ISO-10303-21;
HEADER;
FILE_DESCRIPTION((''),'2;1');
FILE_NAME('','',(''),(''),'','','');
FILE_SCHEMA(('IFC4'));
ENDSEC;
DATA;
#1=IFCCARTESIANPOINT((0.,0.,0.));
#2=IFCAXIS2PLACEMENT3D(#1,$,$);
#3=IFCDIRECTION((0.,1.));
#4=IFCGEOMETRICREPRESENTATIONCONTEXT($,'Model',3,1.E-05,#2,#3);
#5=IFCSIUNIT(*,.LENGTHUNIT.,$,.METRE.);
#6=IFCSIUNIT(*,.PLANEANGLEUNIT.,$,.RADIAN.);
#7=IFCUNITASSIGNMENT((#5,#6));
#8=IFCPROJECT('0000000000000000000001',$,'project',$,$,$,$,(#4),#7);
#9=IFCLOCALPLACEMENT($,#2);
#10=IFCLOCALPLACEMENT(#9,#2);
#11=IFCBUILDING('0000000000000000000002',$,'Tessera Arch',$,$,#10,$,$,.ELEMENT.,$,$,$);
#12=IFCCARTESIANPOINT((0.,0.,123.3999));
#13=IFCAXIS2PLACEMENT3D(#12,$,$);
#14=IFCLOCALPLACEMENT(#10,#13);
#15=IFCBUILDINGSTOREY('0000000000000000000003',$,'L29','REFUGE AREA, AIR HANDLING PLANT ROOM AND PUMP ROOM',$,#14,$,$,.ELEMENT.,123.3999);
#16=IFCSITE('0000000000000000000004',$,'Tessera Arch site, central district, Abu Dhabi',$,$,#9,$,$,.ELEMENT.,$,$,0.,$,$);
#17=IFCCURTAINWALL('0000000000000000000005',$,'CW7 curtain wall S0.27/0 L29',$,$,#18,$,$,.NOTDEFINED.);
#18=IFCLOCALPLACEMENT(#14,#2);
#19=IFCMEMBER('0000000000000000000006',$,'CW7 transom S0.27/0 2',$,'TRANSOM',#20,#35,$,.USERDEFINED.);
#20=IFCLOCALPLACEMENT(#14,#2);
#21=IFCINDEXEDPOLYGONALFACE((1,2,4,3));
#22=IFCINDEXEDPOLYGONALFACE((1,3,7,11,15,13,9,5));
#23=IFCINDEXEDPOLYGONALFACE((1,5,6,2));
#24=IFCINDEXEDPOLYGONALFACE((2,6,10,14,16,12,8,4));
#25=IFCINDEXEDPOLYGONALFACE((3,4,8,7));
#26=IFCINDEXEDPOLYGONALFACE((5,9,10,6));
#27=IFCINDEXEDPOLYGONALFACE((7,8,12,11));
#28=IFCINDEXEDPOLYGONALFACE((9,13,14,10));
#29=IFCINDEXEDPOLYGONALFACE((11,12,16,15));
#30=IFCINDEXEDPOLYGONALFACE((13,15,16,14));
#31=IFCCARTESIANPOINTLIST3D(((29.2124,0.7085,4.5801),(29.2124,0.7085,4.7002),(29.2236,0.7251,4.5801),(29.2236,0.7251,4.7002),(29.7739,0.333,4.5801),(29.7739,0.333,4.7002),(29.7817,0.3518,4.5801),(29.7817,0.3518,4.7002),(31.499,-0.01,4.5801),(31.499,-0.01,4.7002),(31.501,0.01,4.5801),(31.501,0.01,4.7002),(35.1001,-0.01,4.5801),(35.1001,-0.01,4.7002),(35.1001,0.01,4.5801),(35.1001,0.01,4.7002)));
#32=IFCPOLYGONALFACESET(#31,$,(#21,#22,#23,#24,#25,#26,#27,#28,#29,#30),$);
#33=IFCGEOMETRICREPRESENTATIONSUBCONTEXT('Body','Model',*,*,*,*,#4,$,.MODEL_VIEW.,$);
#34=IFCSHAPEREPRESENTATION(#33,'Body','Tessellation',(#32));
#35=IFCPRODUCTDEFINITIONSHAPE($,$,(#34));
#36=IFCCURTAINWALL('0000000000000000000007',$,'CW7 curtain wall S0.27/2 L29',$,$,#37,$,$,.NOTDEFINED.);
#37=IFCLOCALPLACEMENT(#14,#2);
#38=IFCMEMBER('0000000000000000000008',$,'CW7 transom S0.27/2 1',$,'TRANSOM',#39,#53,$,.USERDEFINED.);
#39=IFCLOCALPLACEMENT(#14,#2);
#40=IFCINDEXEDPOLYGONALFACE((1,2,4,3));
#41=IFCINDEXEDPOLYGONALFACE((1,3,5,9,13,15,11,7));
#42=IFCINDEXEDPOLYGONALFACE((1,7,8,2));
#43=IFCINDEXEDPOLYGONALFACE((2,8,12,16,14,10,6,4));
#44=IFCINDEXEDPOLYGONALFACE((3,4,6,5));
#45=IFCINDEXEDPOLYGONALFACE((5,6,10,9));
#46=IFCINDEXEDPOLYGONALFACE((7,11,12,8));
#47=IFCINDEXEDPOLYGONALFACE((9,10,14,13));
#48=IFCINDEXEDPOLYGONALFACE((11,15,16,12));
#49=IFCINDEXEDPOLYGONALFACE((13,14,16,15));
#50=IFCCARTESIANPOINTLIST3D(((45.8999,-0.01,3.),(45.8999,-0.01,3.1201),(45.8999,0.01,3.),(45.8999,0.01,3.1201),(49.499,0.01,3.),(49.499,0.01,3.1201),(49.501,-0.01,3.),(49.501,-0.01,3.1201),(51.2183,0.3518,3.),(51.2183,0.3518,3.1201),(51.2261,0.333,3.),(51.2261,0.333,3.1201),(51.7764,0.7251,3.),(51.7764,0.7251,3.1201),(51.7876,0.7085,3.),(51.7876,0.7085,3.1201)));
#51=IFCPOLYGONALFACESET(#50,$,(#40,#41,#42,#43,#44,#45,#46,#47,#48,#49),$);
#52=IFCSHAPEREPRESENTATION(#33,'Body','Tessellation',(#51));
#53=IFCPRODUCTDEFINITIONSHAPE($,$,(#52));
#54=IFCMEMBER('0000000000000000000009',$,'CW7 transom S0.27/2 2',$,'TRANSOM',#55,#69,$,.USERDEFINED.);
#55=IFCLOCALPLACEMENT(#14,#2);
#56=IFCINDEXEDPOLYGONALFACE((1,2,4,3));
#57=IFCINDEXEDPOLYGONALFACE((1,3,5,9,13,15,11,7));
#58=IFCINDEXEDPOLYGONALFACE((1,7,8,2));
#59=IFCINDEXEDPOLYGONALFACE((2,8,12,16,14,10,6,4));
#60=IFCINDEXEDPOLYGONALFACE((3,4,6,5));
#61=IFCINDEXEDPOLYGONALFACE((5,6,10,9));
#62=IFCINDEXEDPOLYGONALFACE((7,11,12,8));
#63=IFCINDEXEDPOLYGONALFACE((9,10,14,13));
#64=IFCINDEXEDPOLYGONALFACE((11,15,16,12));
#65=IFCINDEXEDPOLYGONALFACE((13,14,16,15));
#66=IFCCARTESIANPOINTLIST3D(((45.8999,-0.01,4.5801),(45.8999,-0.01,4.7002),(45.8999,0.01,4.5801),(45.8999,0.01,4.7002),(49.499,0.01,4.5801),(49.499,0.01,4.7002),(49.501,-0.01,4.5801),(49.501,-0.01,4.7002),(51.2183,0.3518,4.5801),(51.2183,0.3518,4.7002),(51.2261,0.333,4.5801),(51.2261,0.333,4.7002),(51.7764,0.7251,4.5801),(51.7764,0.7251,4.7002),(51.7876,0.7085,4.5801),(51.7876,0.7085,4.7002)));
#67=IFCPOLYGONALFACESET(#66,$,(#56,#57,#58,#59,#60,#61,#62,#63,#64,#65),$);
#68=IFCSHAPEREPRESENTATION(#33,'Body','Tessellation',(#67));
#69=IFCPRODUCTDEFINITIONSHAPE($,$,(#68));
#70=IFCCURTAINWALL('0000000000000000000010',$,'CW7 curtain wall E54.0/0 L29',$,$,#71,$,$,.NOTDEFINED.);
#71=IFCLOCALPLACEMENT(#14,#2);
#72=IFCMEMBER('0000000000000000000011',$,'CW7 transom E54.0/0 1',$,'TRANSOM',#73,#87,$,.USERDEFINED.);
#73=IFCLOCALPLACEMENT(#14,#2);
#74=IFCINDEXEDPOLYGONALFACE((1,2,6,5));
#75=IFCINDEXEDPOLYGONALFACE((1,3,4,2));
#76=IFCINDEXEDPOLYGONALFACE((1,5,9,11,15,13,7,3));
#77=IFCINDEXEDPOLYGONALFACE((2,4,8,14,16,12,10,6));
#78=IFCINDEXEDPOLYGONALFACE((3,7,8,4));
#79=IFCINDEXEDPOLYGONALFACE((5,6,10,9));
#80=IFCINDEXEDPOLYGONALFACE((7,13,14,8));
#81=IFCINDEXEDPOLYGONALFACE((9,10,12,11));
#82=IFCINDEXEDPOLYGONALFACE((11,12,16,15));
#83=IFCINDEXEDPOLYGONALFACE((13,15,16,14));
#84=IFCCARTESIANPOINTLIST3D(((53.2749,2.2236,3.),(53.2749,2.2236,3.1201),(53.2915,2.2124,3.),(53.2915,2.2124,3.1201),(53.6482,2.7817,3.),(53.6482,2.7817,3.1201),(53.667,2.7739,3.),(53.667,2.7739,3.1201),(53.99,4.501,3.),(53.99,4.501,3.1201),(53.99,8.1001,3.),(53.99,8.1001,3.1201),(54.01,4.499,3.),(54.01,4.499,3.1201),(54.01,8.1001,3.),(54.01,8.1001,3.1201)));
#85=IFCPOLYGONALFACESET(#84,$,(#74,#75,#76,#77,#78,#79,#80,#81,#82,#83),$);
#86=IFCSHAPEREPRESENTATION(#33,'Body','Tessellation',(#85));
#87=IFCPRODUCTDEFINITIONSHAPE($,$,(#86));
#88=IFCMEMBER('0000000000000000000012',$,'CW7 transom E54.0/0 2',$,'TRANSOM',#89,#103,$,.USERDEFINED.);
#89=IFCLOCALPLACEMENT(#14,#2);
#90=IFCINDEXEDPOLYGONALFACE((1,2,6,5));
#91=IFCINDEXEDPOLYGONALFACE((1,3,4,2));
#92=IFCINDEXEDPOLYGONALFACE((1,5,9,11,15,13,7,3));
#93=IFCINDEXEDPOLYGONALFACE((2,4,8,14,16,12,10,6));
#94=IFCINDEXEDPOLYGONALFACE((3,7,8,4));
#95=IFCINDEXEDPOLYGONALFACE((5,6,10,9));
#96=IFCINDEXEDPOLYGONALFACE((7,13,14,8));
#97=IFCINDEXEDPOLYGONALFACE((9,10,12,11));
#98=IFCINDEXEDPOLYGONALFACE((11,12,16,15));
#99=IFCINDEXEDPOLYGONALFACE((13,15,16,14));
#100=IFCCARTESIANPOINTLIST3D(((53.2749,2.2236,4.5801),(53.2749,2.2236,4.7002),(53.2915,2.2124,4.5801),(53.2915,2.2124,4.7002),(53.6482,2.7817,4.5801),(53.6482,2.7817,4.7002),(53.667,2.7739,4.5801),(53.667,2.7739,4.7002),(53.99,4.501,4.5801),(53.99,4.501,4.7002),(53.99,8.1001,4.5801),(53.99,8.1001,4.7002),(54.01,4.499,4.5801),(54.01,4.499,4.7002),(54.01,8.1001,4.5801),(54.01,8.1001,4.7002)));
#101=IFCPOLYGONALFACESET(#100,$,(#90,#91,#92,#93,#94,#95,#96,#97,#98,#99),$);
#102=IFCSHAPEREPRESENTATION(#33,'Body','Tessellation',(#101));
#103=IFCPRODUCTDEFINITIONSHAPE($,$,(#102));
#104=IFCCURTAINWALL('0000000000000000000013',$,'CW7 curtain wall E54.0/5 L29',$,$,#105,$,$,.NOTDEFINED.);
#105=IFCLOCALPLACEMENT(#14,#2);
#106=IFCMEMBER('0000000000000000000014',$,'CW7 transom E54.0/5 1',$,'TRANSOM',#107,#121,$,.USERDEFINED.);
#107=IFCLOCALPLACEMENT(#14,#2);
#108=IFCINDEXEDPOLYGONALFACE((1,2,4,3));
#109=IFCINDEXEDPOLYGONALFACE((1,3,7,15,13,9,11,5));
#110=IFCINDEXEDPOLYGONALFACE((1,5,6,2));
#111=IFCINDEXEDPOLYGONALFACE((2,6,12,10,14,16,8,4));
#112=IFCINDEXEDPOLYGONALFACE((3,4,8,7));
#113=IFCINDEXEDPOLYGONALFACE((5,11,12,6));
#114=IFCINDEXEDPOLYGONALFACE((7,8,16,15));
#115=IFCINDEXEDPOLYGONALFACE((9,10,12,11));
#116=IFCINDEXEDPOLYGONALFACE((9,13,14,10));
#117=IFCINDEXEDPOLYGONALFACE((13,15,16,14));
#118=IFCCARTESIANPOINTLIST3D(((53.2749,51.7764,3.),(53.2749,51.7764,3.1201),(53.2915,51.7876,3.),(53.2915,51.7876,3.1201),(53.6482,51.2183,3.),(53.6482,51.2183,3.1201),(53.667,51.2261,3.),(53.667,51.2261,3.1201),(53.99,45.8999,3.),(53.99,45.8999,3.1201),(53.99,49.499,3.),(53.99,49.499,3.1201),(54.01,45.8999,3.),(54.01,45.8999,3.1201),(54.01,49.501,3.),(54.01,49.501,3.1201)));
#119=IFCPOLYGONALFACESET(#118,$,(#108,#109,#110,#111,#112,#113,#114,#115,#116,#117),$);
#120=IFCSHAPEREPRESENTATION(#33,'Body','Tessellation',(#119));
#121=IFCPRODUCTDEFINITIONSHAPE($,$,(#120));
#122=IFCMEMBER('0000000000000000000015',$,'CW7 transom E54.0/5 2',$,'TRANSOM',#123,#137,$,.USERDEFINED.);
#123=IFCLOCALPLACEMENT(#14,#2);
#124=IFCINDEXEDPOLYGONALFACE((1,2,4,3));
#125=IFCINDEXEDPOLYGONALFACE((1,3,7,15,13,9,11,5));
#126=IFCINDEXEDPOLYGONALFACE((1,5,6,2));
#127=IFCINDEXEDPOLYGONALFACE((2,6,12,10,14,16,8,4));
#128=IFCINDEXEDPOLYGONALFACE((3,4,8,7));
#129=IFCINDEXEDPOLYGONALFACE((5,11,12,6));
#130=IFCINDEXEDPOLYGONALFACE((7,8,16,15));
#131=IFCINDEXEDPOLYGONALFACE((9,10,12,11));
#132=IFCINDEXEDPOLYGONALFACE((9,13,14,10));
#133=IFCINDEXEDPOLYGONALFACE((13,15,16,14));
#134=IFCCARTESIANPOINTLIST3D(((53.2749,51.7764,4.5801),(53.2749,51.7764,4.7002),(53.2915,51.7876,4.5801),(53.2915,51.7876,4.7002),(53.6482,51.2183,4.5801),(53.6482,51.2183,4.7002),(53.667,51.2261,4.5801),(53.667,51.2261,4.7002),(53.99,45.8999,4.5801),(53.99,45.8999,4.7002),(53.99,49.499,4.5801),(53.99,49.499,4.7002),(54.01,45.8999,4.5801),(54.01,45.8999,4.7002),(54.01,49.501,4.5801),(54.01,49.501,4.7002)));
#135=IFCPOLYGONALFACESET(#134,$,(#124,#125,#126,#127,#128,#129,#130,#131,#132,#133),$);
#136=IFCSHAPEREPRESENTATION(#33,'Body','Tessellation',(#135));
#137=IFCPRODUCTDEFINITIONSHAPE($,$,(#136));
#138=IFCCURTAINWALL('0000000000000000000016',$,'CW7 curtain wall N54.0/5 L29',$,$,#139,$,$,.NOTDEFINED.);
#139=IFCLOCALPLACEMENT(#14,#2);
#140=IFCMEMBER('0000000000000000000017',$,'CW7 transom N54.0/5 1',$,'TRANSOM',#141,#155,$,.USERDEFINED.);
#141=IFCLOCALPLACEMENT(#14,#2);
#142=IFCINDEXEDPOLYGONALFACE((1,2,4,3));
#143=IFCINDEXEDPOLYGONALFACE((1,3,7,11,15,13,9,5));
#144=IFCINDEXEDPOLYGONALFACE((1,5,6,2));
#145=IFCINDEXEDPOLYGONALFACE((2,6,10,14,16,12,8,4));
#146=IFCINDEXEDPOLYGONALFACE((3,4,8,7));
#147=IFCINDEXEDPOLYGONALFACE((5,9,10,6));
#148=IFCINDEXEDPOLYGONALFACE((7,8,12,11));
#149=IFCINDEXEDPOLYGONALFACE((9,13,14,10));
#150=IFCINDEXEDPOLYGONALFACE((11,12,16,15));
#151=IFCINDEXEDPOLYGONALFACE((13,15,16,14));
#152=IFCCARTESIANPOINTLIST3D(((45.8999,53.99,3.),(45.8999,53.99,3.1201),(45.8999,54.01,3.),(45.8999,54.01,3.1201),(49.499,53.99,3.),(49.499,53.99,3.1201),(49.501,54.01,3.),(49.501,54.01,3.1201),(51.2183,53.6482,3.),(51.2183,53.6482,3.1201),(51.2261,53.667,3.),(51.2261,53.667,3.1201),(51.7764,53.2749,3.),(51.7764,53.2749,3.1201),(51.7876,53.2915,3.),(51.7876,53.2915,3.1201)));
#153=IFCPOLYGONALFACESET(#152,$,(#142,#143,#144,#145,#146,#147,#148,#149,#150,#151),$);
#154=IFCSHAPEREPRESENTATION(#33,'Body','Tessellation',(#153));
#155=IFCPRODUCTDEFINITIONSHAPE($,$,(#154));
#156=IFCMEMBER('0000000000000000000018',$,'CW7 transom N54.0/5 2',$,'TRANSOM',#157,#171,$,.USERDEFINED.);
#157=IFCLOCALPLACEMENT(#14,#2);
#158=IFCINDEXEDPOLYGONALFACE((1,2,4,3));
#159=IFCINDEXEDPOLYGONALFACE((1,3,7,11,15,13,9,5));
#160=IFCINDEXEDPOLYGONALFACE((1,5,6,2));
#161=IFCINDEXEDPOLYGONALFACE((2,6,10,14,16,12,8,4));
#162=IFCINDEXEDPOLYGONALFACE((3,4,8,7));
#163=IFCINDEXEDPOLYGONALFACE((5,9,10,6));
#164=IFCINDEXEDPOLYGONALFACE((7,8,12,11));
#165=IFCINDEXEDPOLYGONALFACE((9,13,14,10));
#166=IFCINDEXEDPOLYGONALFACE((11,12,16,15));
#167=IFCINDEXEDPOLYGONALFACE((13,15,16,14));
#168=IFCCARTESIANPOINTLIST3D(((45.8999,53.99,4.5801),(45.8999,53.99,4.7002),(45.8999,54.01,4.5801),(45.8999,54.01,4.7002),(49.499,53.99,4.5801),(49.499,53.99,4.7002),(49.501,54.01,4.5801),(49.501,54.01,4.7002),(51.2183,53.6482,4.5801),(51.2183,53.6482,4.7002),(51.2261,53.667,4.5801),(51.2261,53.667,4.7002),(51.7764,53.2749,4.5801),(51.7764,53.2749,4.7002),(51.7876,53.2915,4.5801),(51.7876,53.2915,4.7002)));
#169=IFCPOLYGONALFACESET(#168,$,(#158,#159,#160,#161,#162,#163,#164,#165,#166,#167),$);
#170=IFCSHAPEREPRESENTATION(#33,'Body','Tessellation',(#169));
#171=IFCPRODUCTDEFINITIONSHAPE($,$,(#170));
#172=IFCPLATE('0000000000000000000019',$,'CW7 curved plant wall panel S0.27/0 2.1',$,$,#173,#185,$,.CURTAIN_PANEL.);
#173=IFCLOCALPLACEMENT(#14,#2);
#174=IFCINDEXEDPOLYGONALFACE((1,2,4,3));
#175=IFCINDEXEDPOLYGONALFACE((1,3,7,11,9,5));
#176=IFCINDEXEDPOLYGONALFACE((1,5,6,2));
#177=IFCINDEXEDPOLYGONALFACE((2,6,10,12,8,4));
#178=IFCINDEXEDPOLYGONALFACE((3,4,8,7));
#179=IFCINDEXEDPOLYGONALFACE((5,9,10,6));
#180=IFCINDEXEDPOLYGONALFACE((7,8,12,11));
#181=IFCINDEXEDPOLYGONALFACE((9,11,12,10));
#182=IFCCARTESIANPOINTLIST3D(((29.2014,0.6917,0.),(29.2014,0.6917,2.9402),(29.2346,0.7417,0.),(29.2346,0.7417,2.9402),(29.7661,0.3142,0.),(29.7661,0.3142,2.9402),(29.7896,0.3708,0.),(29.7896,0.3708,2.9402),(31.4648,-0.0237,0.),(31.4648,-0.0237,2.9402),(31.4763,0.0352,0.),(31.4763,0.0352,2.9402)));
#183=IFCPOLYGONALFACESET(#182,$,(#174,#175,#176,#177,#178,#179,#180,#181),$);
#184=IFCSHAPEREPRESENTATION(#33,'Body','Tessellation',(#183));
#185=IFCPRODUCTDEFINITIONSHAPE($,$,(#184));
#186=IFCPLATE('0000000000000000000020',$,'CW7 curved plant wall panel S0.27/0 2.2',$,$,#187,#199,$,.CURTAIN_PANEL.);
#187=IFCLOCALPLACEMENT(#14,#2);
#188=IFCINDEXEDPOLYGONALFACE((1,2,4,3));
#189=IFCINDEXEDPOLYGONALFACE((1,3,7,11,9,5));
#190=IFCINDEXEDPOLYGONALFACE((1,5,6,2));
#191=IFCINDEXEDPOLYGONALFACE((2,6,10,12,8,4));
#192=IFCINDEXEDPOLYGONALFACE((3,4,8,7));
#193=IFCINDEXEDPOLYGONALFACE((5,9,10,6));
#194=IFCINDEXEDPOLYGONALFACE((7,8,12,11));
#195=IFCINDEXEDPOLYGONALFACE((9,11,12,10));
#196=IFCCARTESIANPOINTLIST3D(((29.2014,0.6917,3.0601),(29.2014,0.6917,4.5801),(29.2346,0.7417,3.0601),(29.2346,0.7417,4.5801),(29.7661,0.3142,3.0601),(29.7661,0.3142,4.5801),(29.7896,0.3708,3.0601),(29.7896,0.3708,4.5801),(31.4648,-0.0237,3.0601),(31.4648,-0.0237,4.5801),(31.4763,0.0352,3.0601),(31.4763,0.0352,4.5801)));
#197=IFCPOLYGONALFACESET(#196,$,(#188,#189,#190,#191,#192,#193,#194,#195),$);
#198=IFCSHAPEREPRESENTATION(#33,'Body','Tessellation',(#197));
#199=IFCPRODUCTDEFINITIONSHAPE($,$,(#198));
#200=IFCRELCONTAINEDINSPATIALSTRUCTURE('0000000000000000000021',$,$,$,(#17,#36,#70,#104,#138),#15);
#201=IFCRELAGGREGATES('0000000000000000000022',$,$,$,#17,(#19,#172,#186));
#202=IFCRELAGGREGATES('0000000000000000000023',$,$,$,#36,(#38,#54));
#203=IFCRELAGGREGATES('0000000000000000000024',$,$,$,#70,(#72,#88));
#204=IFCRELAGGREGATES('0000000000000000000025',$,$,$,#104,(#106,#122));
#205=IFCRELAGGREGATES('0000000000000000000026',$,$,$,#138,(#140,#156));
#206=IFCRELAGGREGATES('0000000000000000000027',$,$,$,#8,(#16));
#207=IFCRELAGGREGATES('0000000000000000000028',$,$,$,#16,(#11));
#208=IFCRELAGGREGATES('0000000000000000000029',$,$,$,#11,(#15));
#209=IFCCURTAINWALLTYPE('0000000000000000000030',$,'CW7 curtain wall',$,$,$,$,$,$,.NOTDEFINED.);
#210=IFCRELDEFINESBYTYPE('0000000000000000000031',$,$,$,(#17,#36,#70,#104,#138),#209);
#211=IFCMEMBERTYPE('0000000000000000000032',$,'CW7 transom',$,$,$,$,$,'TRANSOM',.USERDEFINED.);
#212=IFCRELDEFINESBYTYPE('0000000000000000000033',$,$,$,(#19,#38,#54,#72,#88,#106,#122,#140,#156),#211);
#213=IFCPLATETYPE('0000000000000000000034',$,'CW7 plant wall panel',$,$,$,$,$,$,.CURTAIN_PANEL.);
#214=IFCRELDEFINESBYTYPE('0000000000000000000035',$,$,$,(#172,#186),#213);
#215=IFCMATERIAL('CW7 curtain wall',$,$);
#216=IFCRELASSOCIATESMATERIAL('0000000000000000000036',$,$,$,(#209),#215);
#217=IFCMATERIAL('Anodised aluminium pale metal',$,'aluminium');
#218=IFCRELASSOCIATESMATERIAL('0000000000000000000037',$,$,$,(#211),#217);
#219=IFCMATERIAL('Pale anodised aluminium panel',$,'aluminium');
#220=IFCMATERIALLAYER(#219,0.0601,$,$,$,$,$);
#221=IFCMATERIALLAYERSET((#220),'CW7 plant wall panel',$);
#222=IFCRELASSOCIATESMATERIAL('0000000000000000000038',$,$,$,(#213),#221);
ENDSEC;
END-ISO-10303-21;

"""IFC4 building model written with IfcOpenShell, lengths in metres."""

from ifc_helpers import new_model, si_unit, direction, frame, origin, origin_2d, place, context, subcontext, project, spatial, polyline, rectangle, outline, extrude, material, layer, layer_set, material_profile, profile_set, type_object, element, aggregate, save


model = new_model("IFC4")

# Units and contexts
model_context = context("Model", 3, precision=1e-05, world=origin(), true_north=direction((0.0, 1.0)))
body_context = subcontext(model_context, "Body", "Model", "MODEL_VIEW")
ifc_project = project(units=[si_unit("LENGTHUNIT", "METRE"), si_unit("PLANEANGLEUNIT", "RADIAN")], contexts=[model_context])

# Site, building, storey
site_placement = place(None, origin())
site = spatial("IfcSite", under=ifc_project, at=site_placement, Name="Tessera Arch site, central district, Abu Dhabi", CompositionType="ELEMENT", RefElevation=0.0)
building_placement = place(site_placement, origin())
building = spatial("IfcBuilding", under=site, at=building_placement, Name="Tessera Arch", CompositionType="ELEMENT")
storey_placement = place(building_placement, frame((0.0, 0.0, 123.3999)))
storey = spatial("IfcBuildingStorey", under=building, at=storey_placement, Name="L29", Description="REFUGE AREA, AIR HANDLING PLANT ROOM AND PUMP ROOM", CompositionType="ELEMENT", Elevation=123.3999)

# Curtain wall, member
ifc_material_1 = material(Name="CW7 curtain wall")
curtain_wall_type = type_object("IfcCurtainWallType", Name="CW7 curtain wall", PredefinedType="NOTDEFINED", material=ifc_material_1)
curtain_wall_1_placement = place(storey_placement, origin())
curtain_wall_1 = element("IfcCurtainWall", 1, at=curtain_wall_1_placement, inside=storey, type_object=curtain_wall_type, Name="CW7 curtain wall S0.27/0 L29", PredefinedType="NOTDEFINED")
ifc_material_2 = material(Name="Anodised aluminium pale metal", Category="aluminium")
ifc_material_profile = material_profile(ifc_material_2, rectangle(XDim=0.1599, YDim=0.1201, at=origin_2d()), Name="AL 160x120")
ifc_profile_set = profile_set([ifc_material_profile], Name="Anodised aluminium pale metal")
member_type = type_object("IfcMemberType", Name="CW7 transom", ElementType="TRANSOM", PredefinedType="USERDEFINED", material=ifc_profile_set)
member_1_placement = place(storey_placement, frame((0.0, 0.0, 4.5801)))
member_1 = element("IfcMember", 2, at=member_1_placement, type_object=member_type, Name="CW7 transom S0.27/0 2", ObjectType="TRANSOM", PredefinedType="USERDEFINED", context=body_context, shape_type="SweptSolid", body=[
    extrude(outline(polyline([(29.7817, 0.3518), (29.2236, 0.7251), (29.2124, 0.7085), (29.7739, 0.333), (31.499, -0.01), (35.1001, -0.01), (35.1001, 0.01), (31.501, 0.01), (29.7817, 0.3518)])), origin(), (0.0, 0.0, 1.0), 0.1201),
])

# Curtain walls, members
curtain_wall_2_placement = place(storey_placement, origin())
curtain_wall_2 = element("IfcCurtainWall", 3, at=curtain_wall_2_placement, inside=storey, type_object=curtain_wall_type, Name="CW7 curtain wall S0.27/2 L29", PredefinedType="NOTDEFINED")
member_2_placement = place(storey_placement, frame((0.0, 0.0, 3.0)))
member_2 = element("IfcMember", 4, at=member_2_placement, type_object=member_type, Name="CW7 transom S0.27/2 1", ObjectType="TRANSOM", PredefinedType="USERDEFINED", context=body_context, shape_type="SweptSolid", body=[
    extrude(outline(polyline([(49.499, 0.01), (45.8999, 0.01), (45.8999, -0.01), (49.501, -0.01), (51.2261, 0.333), (51.7876, 0.7085), (51.7764, 0.7251), (51.2183, 0.3518), (49.499, 0.01)])), origin(), (0.0, 0.0, 1.0), 0.1201),
])
member_3_placement = place(storey_placement, frame((0.0, 0.0, 4.5801)))
member_3 = element("IfcMember", 5, at=member_3_placement, type_object=member_type, Name="CW7 transom S0.27/2 2", ObjectType="TRANSOM", PredefinedType="USERDEFINED", context=body_context, shape_type="SweptSolid", body=[
    extrude(outline(polyline([(49.499, 0.01), (45.8999, 0.01), (45.8999, -0.01), (49.501, -0.01), (51.2261, 0.333), (51.7876, 0.7085), (51.7764, 0.7251), (51.2183, 0.3518), (49.499, 0.01)])), origin(), (0.0, 0.0, 1.0), 0.1201),
])
curtain_wall_3_placement = place(storey_placement, origin())
curtain_wall_3 = element("IfcCurtainWall", 6, at=curtain_wall_3_placement, inside=storey, type_object=curtain_wall_type, Name="CW7 curtain wall E54.0/0 L29", PredefinedType="NOTDEFINED")
member_4_placement = place(storey_placement, frame((0.0, 0.0, 3.0)))
member_4 = element("IfcMember", 7, at=member_4_placement, type_object=member_type, Name="CW7 transom E54.0/0 1", ObjectType="TRANSOM", PredefinedType="USERDEFINED", context=body_context, shape_type="SweptSolid", body=[
    extrude(outline(polyline([(53.6482, 2.7817), (53.2749, 2.2236), (53.2915, 2.2124), (53.667, 2.7739), (54.01, 4.499), (54.01, 8.1001), (53.99, 8.1001), (53.99, 4.501), (53.6482, 2.7817)])), origin(), (0.0, 0.0, 1.0), 0.1201),
])
member_5_placement = place(storey_placement, frame((0.0, 0.0, 4.5801)))
member_5 = element("IfcMember", 8, at=member_5_placement, type_object=member_type, Name="CW7 transom E54.0/0 2", ObjectType="TRANSOM", PredefinedType="USERDEFINED", context=body_context, shape_type="SweptSolid", body=[
    extrude(outline(polyline([(53.6482, 2.7817), (53.2749, 2.2236), (53.2915, 2.2124), (53.667, 2.7739), (54.01, 4.499), (54.01, 8.1001), (53.99, 8.1001), (53.99, 4.501), (53.6482, 2.7817)])), origin(), (0.0, 0.0, 1.0), 0.1201),
])
curtain_wall_4_placement = place(storey_placement, origin())
curtain_wall_4 = element("IfcCurtainWall", 9, at=curtain_wall_4_placement, inside=storey, type_object=curtain_wall_type, Name="CW7 curtain wall E54.0/5 L29", PredefinedType="NOTDEFINED")
member_6_placement = place(storey_placement, frame((0.0, 0.0, 3.0)))
member_6 = element("IfcMember", 10, at=member_6_placement, type_object=member_type, Name="CW7 transom E54.0/5 1", ObjectType="TRANSOM", PredefinedType="USERDEFINED", context=body_context, shape_type="SweptSolid", body=[
    extrude(outline(polyline([(53.99, 49.499), (53.99, 45.8999), (54.01, 45.8999), (54.01, 49.501), (53.667, 51.2261), (53.2915, 51.7876), (53.2749, 51.7764), (53.6482, 51.2183), (53.99, 49.499)])), origin(), (0.0, 0.0, 1.0), 0.1201),
])
member_7_placement = place(storey_placement, frame((0.0, 0.0, 4.5801)))
member_7 = element("IfcMember", 11, at=member_7_placement, type_object=member_type, Name="CW7 transom E54.0/5 2", ObjectType="TRANSOM", PredefinedType="USERDEFINED", context=body_context, shape_type="SweptSolid", body=[
    extrude(outline(polyline([(53.99, 49.499), (53.99, 45.8999), (54.01, 45.8999), (54.01, 49.501), (53.667, 51.2261), (53.2915, 51.7876), (53.2749, 51.7764), (53.6482, 51.2183), (53.99, 49.499)])), origin(), (0.0, 0.0, 1.0), 0.1201),
])
curtain_wall_5_placement = place(storey_placement, origin())
curtain_wall_5 = element("IfcCurtainWall", 12, at=curtain_wall_5_placement, inside=storey, type_object=curtain_wall_type, Name="CW7 curtain wall N54.0/5 L29", PredefinedType="NOTDEFINED")
member_8_placement = place(storey_placement, frame((0.0, 0.0, 3.0)))
member_8 = element("IfcMember", 13, at=member_8_placement, type_object=member_type, Name="CW7 transom N54.0/5 1", ObjectType="TRANSOM", PredefinedType="USERDEFINED", context=body_context, shape_type="SweptSolid", body=[
    extrude(outline(polyline([(51.2183, 53.6482), (51.7764, 53.2749), (51.7876, 53.2915), (51.2261, 53.667), (49.501, 54.01), (45.8999, 54.01), (45.8999, 53.99), (49.499, 53.99), (51.2183, 53.6482)])), origin(), (0.0, 0.0, 1.0), 0.1201),
])
member_9_placement = place(storey_placement, frame((0.0, 0.0, 4.5801)))
member_9 = element("IfcMember", 14, at=member_9_placement, type_object=member_type, Name="CW7 transom N54.0/5 2", ObjectType="TRANSOM", PredefinedType="USERDEFINED", context=body_context, shape_type="SweptSolid", body=[
    extrude(outline(polyline([(51.2183, 53.6482), (51.7764, 53.2749), (51.7876, 53.2915), (51.2261, 53.667), (49.501, 54.01), (45.8999, 54.01), (45.8999, 53.99), (49.499, 53.99), (51.2183, 53.6482)])), origin(), (0.0, 0.0, 1.0), 0.1201),
])

# Plates
ifc_material_3 = material(Name="Pale anodised aluminium panel", Category="aluminium")
ifc_layer_1 = layer(ifc_material_3, 0.0601)
ifc_layer_set_1 = layer_set([ifc_layer_1], Name="CW7 plant wall panel")
plate_type_1 = type_object("IfcPlateType", Name="CW7 plant wall panel", PredefinedType="CURTAIN_PANEL", material=ifc_layer_set_1)
plate_1_placement = place(storey_placement, origin())
plate_1 = element("IfcPlate", 15, at=plate_1_placement, type_object=plate_type_1, Name="CW7 curved plant wall panel S0.27/0 2.1", PredefinedType="CURTAIN_PANEL", context=body_context, shape_type="SweptSolid", body=[
    extrude(outline(polyline([(29.7896, 0.3708), (29.2346, 0.7417), (29.2014, 0.6917), (29.7661, 0.3142), (31.4648, -0.0237), (31.4763, 0.0352), (29.7896, 0.3708)])), origin(), (0.0, 0.0, 1.0), 2.9402),
])
plate_2_placement = place(storey_placement, frame((0.0, 0.0, 3.0601)))
plate_2 = element("IfcPlate", 16, at=plate_2_placement, type_object=plate_type_1, Name="CW7 curved plant wall panel S0.27/0 2.2", PredefinedType="CURTAIN_PANEL", context=body_context, shape_type="SweptSolid", body=[
    extrude(outline(polyline([(29.7896, 0.3708), (29.2346, 0.7417), (29.2014, 0.6917), (29.7661, 0.3142), (31.4648, -0.0237), (31.4763, 0.0352), (29.7896, 0.3708)])), origin(), (0.0, 0.0, 1.0), 1.52),
])
aggregate(curtain_wall_1, [member_1, plate_1, plate_2])
aggregate(curtain_wall_2, [member_2, member_3])
aggregate(curtain_wall_3, [member_4, member_5])
aggregate(curtain_wall_4, [member_6, member_7])
aggregate(curtain_wall_5, [member_8, member_9])

save(model, "model.ifc")
